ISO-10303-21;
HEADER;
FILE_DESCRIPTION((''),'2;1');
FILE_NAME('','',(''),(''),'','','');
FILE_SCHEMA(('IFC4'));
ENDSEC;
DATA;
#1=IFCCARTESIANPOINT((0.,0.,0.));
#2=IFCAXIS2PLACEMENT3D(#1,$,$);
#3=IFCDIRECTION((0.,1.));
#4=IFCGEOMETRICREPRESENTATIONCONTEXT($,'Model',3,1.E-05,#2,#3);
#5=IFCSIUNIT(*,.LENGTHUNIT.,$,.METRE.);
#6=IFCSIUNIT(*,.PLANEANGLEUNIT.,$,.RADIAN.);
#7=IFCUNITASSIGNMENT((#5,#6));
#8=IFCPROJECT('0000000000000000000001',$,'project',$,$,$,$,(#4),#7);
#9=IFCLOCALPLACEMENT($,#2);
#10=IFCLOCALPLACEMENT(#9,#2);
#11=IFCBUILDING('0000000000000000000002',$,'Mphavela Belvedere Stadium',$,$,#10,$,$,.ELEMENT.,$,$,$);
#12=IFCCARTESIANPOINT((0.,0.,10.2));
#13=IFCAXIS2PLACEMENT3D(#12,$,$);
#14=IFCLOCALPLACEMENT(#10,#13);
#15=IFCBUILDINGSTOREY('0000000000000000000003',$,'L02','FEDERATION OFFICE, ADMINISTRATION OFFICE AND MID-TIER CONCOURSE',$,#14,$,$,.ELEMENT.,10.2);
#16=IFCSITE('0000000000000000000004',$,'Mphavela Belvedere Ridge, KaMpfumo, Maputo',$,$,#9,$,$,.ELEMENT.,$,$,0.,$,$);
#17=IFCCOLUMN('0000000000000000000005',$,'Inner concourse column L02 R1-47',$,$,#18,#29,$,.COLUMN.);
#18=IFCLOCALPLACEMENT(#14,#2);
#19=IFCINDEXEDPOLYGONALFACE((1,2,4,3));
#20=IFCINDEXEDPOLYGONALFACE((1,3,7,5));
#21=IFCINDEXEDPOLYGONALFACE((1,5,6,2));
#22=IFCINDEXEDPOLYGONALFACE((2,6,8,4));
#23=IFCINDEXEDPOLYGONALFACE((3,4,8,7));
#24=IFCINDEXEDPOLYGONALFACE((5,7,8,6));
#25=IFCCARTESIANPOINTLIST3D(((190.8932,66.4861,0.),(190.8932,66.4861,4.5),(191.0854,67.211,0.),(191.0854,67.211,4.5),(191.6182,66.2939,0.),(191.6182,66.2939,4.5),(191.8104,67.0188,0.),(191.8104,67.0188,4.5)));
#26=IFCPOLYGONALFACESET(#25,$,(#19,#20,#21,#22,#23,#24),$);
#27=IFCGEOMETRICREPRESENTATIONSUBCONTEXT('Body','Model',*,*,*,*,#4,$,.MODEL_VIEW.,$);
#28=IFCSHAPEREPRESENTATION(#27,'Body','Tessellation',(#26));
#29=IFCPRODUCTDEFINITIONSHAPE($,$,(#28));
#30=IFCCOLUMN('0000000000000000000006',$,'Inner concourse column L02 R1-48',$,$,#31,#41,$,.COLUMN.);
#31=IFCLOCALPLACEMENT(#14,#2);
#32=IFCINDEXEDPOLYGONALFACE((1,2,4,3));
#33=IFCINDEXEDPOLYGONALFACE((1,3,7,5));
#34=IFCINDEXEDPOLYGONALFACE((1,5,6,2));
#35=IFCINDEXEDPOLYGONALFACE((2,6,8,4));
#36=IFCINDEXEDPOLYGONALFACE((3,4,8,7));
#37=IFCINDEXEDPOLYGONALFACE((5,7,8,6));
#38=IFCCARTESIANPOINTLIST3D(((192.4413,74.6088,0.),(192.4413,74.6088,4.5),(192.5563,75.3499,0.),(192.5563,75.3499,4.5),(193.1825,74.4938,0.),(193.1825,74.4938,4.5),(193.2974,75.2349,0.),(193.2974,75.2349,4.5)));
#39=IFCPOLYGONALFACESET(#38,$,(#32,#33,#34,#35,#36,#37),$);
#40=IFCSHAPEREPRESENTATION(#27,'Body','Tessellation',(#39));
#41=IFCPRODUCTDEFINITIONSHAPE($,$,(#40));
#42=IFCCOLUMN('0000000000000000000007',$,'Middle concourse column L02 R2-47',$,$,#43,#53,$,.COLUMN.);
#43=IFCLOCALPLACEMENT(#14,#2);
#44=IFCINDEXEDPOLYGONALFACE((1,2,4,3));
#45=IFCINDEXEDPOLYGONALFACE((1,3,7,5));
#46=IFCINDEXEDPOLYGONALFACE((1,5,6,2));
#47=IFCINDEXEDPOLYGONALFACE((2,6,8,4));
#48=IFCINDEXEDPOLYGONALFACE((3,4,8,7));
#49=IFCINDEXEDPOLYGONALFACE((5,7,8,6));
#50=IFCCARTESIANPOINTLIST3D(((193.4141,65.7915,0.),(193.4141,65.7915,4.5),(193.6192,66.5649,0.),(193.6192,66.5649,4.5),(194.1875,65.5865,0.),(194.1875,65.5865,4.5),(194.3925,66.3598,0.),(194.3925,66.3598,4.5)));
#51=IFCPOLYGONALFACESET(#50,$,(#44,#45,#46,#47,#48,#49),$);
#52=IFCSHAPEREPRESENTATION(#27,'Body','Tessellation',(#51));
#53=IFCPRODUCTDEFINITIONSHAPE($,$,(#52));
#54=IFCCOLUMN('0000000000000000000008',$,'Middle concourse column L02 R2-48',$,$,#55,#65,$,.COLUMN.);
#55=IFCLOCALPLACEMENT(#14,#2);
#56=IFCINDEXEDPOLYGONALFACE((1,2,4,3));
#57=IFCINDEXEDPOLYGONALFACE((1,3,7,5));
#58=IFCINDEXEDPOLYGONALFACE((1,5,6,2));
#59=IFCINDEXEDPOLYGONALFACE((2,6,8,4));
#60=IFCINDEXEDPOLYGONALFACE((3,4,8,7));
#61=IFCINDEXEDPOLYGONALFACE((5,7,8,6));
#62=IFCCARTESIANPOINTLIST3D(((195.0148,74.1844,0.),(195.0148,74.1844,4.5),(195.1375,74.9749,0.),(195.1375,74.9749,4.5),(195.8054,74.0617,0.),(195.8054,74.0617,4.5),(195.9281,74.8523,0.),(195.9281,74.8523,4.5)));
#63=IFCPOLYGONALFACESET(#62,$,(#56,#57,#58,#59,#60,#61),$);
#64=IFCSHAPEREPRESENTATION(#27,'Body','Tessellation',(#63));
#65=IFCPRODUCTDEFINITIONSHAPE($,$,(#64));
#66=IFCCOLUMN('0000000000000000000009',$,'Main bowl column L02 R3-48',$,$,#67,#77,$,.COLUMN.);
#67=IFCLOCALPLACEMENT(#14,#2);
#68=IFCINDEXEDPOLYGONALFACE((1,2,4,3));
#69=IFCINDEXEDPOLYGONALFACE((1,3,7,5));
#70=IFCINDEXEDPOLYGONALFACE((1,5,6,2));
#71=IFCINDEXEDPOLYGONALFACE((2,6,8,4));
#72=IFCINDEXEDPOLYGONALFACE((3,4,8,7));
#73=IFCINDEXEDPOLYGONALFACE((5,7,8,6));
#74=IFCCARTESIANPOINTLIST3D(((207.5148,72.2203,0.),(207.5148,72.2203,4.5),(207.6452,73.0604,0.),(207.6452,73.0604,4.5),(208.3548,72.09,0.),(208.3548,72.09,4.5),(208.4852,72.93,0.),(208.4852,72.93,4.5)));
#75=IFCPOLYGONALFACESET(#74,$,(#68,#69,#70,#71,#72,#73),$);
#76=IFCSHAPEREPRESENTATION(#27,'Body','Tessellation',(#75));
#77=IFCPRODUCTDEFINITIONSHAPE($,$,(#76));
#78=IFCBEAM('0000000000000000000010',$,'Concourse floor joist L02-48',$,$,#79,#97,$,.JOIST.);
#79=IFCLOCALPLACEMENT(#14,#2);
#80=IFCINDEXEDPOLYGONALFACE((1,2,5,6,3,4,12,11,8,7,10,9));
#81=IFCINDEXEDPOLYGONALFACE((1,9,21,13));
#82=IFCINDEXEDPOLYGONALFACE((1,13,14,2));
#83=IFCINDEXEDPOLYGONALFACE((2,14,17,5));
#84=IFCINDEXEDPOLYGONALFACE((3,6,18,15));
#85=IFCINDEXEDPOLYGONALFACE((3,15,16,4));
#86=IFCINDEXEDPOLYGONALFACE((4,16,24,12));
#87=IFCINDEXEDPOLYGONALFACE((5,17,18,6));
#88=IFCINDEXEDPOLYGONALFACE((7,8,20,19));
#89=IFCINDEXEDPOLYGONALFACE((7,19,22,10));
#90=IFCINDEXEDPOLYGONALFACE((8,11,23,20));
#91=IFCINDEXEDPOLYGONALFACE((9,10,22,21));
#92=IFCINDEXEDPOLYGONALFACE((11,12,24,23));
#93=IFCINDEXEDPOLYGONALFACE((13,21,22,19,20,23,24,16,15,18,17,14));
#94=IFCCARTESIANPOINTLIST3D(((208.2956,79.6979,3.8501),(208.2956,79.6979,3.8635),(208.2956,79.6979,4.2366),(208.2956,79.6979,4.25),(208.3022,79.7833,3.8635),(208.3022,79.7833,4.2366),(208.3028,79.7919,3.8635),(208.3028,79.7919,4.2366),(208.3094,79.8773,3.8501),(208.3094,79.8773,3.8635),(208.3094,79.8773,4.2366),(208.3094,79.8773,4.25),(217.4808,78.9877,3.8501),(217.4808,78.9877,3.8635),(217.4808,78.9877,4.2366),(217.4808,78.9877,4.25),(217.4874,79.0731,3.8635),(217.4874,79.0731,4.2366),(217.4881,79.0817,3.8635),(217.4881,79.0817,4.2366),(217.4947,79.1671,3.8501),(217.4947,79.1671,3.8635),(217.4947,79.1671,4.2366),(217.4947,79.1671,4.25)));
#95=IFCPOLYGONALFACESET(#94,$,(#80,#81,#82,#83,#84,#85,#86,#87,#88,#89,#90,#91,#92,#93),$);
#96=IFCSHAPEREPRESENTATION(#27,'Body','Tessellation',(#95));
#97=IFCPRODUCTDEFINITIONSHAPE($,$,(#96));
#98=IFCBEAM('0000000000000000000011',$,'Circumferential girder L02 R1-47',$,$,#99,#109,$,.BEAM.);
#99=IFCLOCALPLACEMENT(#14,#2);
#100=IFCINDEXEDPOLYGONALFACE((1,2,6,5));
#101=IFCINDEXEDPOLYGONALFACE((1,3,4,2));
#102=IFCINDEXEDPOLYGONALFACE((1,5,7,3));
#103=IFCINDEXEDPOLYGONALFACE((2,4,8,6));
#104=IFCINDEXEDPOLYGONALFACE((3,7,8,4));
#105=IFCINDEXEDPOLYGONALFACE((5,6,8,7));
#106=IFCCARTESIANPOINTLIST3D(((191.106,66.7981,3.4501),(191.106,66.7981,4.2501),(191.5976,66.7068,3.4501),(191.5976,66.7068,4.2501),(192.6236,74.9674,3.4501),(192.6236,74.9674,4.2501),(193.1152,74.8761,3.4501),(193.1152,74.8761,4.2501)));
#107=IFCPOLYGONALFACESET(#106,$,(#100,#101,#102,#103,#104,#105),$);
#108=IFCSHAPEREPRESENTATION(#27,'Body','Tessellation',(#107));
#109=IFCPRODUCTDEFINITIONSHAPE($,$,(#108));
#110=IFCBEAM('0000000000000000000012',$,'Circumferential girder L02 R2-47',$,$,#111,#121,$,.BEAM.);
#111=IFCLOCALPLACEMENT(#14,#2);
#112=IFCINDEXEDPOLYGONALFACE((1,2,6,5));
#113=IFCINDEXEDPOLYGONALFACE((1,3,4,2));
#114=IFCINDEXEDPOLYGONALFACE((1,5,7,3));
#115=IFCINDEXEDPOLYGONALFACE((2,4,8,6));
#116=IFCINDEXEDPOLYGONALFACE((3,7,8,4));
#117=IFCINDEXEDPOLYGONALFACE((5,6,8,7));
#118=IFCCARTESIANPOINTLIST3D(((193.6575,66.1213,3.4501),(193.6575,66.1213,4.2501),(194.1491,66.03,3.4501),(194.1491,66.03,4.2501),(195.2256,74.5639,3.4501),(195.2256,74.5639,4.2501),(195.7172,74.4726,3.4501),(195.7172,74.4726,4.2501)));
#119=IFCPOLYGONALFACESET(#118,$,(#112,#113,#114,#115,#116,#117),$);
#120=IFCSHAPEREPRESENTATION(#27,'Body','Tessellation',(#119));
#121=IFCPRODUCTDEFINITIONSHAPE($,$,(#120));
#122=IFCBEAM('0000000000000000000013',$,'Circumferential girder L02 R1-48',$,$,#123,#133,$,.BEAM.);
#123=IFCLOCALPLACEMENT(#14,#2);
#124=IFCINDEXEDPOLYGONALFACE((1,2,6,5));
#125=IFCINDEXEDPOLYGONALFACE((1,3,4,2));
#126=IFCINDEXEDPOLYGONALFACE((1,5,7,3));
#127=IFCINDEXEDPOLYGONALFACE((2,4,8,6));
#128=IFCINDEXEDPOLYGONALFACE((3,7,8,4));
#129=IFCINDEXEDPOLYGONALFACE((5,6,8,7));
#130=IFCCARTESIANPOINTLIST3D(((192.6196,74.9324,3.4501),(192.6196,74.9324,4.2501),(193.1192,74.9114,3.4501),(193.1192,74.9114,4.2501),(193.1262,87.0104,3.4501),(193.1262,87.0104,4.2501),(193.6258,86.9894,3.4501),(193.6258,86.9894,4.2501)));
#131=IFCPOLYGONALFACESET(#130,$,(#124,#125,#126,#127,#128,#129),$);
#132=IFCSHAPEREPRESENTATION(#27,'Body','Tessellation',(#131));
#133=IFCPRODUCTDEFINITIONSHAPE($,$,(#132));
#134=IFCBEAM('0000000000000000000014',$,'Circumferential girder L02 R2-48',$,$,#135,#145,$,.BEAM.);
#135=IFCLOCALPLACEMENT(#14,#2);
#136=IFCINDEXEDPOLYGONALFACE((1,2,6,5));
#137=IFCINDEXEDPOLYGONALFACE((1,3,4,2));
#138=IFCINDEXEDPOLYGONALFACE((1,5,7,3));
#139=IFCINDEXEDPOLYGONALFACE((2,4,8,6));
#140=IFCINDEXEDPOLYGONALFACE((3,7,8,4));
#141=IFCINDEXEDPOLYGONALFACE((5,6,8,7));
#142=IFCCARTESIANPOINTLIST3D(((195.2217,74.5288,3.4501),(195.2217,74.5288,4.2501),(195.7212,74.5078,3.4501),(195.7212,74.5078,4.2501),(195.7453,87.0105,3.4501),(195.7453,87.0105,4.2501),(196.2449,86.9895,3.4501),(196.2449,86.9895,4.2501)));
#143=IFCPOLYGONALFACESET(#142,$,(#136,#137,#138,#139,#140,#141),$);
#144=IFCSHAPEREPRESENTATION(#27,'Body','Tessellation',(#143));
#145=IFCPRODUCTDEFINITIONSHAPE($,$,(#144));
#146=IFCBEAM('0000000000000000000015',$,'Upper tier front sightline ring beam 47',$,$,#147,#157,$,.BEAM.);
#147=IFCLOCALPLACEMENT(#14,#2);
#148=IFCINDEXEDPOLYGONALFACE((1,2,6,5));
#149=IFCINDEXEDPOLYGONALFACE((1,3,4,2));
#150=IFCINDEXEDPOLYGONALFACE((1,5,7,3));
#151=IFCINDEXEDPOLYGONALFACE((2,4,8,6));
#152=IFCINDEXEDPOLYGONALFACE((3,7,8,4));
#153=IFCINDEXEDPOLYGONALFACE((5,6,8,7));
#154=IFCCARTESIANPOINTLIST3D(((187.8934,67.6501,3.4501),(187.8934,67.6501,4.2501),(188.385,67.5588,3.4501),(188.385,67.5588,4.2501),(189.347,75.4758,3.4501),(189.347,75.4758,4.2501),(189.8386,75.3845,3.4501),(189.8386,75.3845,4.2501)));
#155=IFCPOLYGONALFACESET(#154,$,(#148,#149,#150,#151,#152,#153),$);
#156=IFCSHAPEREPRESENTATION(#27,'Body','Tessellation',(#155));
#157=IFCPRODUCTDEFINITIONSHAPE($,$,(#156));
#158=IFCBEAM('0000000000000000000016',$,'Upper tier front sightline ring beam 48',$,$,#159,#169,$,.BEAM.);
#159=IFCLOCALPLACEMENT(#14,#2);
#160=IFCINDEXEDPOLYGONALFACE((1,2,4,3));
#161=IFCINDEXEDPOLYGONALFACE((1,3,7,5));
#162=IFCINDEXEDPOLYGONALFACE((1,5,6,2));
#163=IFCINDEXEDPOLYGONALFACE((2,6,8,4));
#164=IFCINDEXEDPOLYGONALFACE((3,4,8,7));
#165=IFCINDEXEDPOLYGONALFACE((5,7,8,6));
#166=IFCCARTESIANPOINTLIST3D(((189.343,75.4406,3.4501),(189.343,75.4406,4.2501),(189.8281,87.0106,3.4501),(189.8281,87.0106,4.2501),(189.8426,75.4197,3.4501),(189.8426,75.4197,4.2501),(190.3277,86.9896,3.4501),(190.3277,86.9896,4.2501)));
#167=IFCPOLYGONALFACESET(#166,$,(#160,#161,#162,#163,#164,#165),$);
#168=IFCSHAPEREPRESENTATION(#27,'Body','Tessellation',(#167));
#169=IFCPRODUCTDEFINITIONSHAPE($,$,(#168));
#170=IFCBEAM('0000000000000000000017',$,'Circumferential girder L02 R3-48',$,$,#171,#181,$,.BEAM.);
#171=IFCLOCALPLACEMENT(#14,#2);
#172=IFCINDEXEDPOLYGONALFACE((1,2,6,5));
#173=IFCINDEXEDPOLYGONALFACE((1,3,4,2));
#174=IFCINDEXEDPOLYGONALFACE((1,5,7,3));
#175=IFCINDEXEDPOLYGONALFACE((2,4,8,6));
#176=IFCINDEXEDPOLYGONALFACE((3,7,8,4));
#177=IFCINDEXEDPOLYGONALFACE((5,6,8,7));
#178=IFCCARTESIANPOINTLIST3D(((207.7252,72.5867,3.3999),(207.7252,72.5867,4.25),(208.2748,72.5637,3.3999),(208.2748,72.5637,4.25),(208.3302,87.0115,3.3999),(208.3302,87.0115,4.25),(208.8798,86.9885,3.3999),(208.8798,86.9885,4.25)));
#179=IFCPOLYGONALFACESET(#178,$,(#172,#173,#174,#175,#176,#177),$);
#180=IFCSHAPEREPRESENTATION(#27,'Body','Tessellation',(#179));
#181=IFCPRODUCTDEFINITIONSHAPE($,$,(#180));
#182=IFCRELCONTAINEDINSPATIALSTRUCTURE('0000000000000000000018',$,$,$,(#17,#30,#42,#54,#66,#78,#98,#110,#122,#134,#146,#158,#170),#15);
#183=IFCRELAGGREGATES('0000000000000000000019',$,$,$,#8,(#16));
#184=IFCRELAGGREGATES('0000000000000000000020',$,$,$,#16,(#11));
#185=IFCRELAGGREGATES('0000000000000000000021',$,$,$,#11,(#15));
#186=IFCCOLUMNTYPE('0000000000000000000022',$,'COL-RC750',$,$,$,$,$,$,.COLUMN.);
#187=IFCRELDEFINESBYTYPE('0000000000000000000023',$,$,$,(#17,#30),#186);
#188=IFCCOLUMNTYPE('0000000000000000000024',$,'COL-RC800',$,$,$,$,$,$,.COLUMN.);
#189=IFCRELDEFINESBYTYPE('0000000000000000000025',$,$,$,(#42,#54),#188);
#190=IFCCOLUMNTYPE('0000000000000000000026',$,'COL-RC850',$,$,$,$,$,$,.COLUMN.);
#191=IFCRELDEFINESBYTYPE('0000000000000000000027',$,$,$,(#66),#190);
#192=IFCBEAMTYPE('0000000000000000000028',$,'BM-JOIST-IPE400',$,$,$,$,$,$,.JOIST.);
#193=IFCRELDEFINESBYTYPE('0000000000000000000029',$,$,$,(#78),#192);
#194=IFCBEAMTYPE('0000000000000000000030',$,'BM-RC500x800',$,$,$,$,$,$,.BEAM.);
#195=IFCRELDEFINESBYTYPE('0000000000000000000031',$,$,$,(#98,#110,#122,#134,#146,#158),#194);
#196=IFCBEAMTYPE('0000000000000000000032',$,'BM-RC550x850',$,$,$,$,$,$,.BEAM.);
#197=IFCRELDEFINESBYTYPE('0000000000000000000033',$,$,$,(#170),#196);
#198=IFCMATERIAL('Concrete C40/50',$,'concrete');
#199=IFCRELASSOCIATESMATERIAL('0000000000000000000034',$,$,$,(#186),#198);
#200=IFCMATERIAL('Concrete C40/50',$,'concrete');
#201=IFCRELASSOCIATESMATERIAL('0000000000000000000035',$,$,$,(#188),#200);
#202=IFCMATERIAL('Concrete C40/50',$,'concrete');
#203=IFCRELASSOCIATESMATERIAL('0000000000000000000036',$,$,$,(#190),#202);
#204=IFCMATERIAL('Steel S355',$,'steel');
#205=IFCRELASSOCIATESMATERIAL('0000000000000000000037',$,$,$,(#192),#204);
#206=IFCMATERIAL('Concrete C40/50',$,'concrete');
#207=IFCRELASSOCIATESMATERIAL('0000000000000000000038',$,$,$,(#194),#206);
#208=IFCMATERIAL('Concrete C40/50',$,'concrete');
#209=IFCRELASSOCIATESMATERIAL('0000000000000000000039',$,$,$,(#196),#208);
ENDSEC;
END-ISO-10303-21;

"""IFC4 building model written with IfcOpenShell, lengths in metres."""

from ifc_helpers import new_model, si_unit, direction, frame, origin, origin_2d, place, context, subcontext, project, spatial, rectangle, i_section, extrude, material, material_profile, profile_set, type_object, element, save


model = new_model("IFC4")

# Units and contexts
model_context = context("Model", 3, precision=1e-05, world=origin(), true_north=direction((0.0, 1.0)))
body_context = subcontext(model_context, "Body", "Model", "MODEL_VIEW")
ifc_project = project(units=[si_unit("LENGTHUNIT", "METRE"), si_unit("PLANEANGLEUNIT", "RADIAN")], contexts=[model_context])

# Site, building, storey
site_placement = place(None, origin())
site = spatial("IfcSite", under=ifc_project, at=site_placement, Name="Mphavela Belvedere Ridge, KaMpfumo, Maputo", CompositionType="ELEMENT", RefElevation=0.0)
building_placement = place(site_placement, origin())
building = spatial("IfcBuilding", under=site, at=building_placement, Name="Mphavela Belvedere Stadium", CompositionType="ELEMENT")
storey_placement = place(building_placement, frame((0.0, 0.0, 10.2)))
storey = spatial("IfcBuildingStorey", under=building, at=storey_placement, Name="L02", Description="FEDERATION OFFICE, ADMINISTRATION OFFICE AND MID-TIER CONCOURSE", CompositionType="ELEMENT", Elevation=10.2)

# Columns
ifc_material_1 = material(Name="Concrete C40/50", Category="concrete")
ifc_material_profile_1 = material_profile(ifc_material_1, rectangle(XDim=0.75, YDim=0.75, at=origin_2d()), Name="RC 750x750")
ifc_profile_set_1 = profile_set([ifc_material_profile_1], Name="Concrete C40/50")
column_type_1 = type_object("IfcColumnType", Name="COL-RC750", PredefinedType="COLUMN", material=ifc_profile_set_1)
for number, where, z_axis, x_axis, name in (
    (1, (191.3518, 66.7524, 0.0), (0.0, 0.0, 1.0), (0.9666, -0.256289, 0.0), "Inner concourse column L02 R1-47"),
    (2, (192.8694, 74.9219, 0.0), (0.0, 0.0, 1.0), (0.988175, -0.153331, 0.0), "Inner concourse column L02 R1-48"),
):
    element("IfcColumn", number, at=place(storey_placement, frame(where, z_axis=z_axis, x_axis=x_axis)), inside=storey, type_object=column_type_1, Name=name, PredefinedType="COLUMN", context=body_context, shape_type="SweptSolid", body=[
        extrude(rectangle(XDim=0.75, YDim=0.75, at=origin_2d()), origin(), (0.0, 0.0, 1.0), 4.5),
    ])
ifc_material_2 = material(Name="Concrete C40/50", Category="concrete")
ifc_material_profile_2 = material_profile(ifc_material_2, rectangle(XDim=0.8, YDim=0.8, at=origin_2d()), Name="RC 800x800")
ifc_profile_set_2 = profile_set([ifc_material_profile_2], Name="Concrete C40/50")
column_type_2 = type_object("IfcColumnType", Name="COL-RC800", PredefinedType="COLUMN", material=ifc_profile_set_2)
for number, where, z_axis, x_axis, name in (
    (3, (193.9033, 66.0757, 0.0), (0.0, 0.0, 1.0), (0.9666, -0.256289, 0.0), "Middle concourse column L02 R2-47"),
    (4, (195.4714, 74.5183, 0.0), (0.0, 0.0, 1.0), (0.988175, -0.153331, 0.0), "Middle concourse column L02 R2-48"),
):
    element("IfcColumn", number, at=place(storey_placement, frame(where, z_axis=z_axis, x_axis=x_axis)), inside=storey, type_object=column_type_2, Name=name, PredefinedType="COLUMN", context=body_context, shape_type="SweptSolid", body=[
        extrude(rectangle(XDim=0.8, YDim=0.8, at=origin_2d()), origin(), (0.0, 0.0, 1.0), 4.5),
    ])
ifc_material_3 = material(Name="Concrete C40/50", Category="concrete")
ifc_material_profile_3 = material_profile(ifc_material_3, rectangle(XDim=0.8501, YDim=0.8501, at=origin_2d()), Name="RC 850x850")
ifc_profile_set_3 = profile_set([ifc_material_profile_3], Name="Concrete C40/50")
column_type_3 = type_object("IfcColumnType", Name="COL-RC850", PredefinedType="COLUMN", material=ifc_profile_set_3)
column_placement = place(storey_placement, frame((208.0, 72.5752, 0.0), z_axis=(0.0, 0.0, 1.0), x_axis=(0.988175, -0.153331, 0.0)))
element("IfcColumn", 5, at=column_placement, inside=storey, type_object=column_type_3, Name="Main bowl column L02 R3-48", PredefinedType="COLUMN", context=body_context, shape_type="SweptSolid", body=[
    extrude(rectangle(XDim=0.8501, YDim=0.8501, at=origin_2d()), origin(), (0.0, 0.0, 1.0), 4.5),
])

# Beams
ifc_material_4 = material(Name="Steel S355", Category="steel")
ifc_material_profile_4 = material_profile(ifc_material_4, i_section(OverallWidth=0.1799, OverallDepth=0.3999, WebThickness=0.0085, FlangeThickness=0.0134, at=origin_2d()), Name="IPE 400")
ifc_profile_set_4 = profile_set([ifc_material_profile_4], Name="Steel S355")
beam_type_1 = type_object("IfcBeamType", Name="BM-JOIST-IPE400", PredefinedType="JOIST", material=ifc_profile_set_4)
beam_1_placement = place(storey_placement, frame((208.3025, 79.7876, 4.05), z_axis=(0.997024, -0.07709, 0.0), x_axis=(0.07709, 0.997024, 0.0)))
element("IfcBeam", 6, at=beam_1_placement, inside=storey, type_object=beam_type_1, Name="Concourse floor joist L02-48", PredefinedType="JOIST", context=body_context, shape_type="SweptSolid", body=[
    extrude(i_section(OverallWidth=0.1799, OverallDepth=0.3999, WebThickness=0.0085, FlangeThickness=0.0134, at=origin_2d()), origin(), (0.0, 0.0, 1.0), 9.2126),
])
ifc_material_5 = material(Name="Concrete C40/50", Category="concrete")
ifc_material_profile_5 = material_profile(ifc_material_5, rectangle(XDim=0.5, YDim=0.8, at=origin_2d()), Name="RC 500x800")
ifc_profile_set_5 = profile_set([ifc_material_profile_5], Name="Concrete C40/50")
beam_type_2 = type_object("IfcBeamType", Name="BM-RC500x800", PredefinedType="BEAM", material=ifc_profile_set_5)
beam_2_placement = place(storey_placement, frame((191.3518, 66.7524, 3.8501), z_axis=(0.182638, 0.98318, 0.0), x_axis=(-0.98318, 0.182638, 0.0)))
element("IfcBeam", 7, at=beam_2_placement, inside=storey, type_object=beam_type_2, Name="Circumferential girder L02 R1-47", PredefinedType="BEAM", context=body_context, shape_type="SweptSolid", body=[
    extrude(rectangle(XDim=0.5, YDim=0.8, at=origin_2d()), origin(), (0.0, 0.0, 1.0), 8.3091),
])
beam_3_placement = place(storey_placement, frame((193.9033, 66.0757, 3.8501), z_axis=(0.182615, 0.983185, 0.0), x_axis=(-0.983185, 0.182615, 0.0)))
element("IfcBeam", 8, at=beam_3_placement, inside=storey, type_object=beam_type_2, Name="Circumferential girder L02 R2-47", PredefinedType="BEAM", context=body_context, shape_type="SweptSolid", body=[
    extrude(rectangle(XDim=0.5, YDim=0.8, at=origin_2d()), origin(), (0.0, 0.0, 1.0), 8.5869),
])
beam_4_placement = place(storey_placement, frame((192.8694, 74.9219, 3.8501), z_axis=(0.041906, 0.999122, 0.0), x_axis=(-0.999122, 0.041906, 0.0)))
element("IfcBeam", 9, at=beam_4_placement, inside=storey, type_object=beam_type_2, Name="Circumferential girder L02 R1-48", PredefinedType="BEAM", context=body_context, shape_type="SweptSolid", body=[
    extrude(rectangle(XDim=0.5, YDim=0.8, at=origin_2d()), origin(), (0.0, 0.0, 1.0), 12.0886),
])
beam_5_placement = place(storey_placement, frame((195.4714, 74.5183, 3.8501), z_axis=(0.041919, 0.999121, 0.0), x_axis=(-0.999121, 0.041919, 0.0)))
element("IfcBeam", 10, at=beam_5_placement, inside=storey, type_object=beam_type_2, Name="Circumferential girder L02 R2-48", PredefinedType="BEAM", context=body_context, shape_type="SweptSolid", body=[
    extrude(rectangle(XDim=0.5, YDim=0.8, at=origin_2d()), origin(), (0.0, 0.0, 1.0), 12.4927),
])
beam_6_placement = place(storey_placement, frame((188.1392, 67.6045, 3.8501), z_axis=(0.182625, 0.983183, 0.0), x_axis=(-0.983183, 0.182625, 0.0)))
element("IfcBeam", 11, at=beam_6_placement, inside=storey, type_object=beam_type_2, Name="Upper tier front sightline ring beam 47", PredefinedType="BEAM", context=body_context, shape_type="SweptSolid", body=[
    extrude(rectangle(XDim=0.5, YDim=0.8, at=origin_2d()), origin(), (0.0, 0.0, 1.0), 7.9595),
])
beam_7_placement = place(storey_placement, frame((189.5928, 75.4302, 3.8501), z_axis=(0.041892, 0.999122, 0.0), x_axis=(-0.999122, 0.041892, 0.0)))
element("IfcBeam", 12, at=beam_7_placement, inside=storey, type_object=beam_type_2, Name="Upper tier front sightline ring beam 48", PredefinedType="BEAM", context=body_context, shape_type="SweptSolid", body=[
    extrude(rectangle(XDim=0.5, YDim=0.8, at=origin_2d()), origin(), (0.0, 0.0, 1.0), 11.5801),
])
ifc_material_6 = material(Name="Concrete C40/50", Category="concrete")
ifc_material_profile_6 = material_profile(ifc_material_6, rectangle(XDim=0.55, YDim=0.8501, at=origin_2d()), Name="RC 550x850")
ifc_profile_set_6 = profile_set([ifc_material_profile_6], Name="Concrete C40/50")
beam_type_3 = type_object("IfcBeamType", Name="BM-RC550x850", PredefinedType="BEAM", material=ifc_profile_set_6)
beam_8_placement = place(storey_placement, frame((208.0, 72.5752, 3.825), z_axis=(0.041903, 0.999122, 0.0), x_axis=(-0.999122, 0.041903, 0.0)))
element("IfcBeam", 13, at=beam_8_placement, inside=storey, type_object=beam_type_3, Name="Circumferential girder L02 R3-48", PredefinedType="BEAM", context=body_context, shape_type="SweptSolid", body=[
    extrude(rectangle(XDim=0.55, YDim=0.8501, at=origin_2d()), origin(), (0.0, 0.0, 1.0), 14.4375),
])

save(model, "model.ifc")
